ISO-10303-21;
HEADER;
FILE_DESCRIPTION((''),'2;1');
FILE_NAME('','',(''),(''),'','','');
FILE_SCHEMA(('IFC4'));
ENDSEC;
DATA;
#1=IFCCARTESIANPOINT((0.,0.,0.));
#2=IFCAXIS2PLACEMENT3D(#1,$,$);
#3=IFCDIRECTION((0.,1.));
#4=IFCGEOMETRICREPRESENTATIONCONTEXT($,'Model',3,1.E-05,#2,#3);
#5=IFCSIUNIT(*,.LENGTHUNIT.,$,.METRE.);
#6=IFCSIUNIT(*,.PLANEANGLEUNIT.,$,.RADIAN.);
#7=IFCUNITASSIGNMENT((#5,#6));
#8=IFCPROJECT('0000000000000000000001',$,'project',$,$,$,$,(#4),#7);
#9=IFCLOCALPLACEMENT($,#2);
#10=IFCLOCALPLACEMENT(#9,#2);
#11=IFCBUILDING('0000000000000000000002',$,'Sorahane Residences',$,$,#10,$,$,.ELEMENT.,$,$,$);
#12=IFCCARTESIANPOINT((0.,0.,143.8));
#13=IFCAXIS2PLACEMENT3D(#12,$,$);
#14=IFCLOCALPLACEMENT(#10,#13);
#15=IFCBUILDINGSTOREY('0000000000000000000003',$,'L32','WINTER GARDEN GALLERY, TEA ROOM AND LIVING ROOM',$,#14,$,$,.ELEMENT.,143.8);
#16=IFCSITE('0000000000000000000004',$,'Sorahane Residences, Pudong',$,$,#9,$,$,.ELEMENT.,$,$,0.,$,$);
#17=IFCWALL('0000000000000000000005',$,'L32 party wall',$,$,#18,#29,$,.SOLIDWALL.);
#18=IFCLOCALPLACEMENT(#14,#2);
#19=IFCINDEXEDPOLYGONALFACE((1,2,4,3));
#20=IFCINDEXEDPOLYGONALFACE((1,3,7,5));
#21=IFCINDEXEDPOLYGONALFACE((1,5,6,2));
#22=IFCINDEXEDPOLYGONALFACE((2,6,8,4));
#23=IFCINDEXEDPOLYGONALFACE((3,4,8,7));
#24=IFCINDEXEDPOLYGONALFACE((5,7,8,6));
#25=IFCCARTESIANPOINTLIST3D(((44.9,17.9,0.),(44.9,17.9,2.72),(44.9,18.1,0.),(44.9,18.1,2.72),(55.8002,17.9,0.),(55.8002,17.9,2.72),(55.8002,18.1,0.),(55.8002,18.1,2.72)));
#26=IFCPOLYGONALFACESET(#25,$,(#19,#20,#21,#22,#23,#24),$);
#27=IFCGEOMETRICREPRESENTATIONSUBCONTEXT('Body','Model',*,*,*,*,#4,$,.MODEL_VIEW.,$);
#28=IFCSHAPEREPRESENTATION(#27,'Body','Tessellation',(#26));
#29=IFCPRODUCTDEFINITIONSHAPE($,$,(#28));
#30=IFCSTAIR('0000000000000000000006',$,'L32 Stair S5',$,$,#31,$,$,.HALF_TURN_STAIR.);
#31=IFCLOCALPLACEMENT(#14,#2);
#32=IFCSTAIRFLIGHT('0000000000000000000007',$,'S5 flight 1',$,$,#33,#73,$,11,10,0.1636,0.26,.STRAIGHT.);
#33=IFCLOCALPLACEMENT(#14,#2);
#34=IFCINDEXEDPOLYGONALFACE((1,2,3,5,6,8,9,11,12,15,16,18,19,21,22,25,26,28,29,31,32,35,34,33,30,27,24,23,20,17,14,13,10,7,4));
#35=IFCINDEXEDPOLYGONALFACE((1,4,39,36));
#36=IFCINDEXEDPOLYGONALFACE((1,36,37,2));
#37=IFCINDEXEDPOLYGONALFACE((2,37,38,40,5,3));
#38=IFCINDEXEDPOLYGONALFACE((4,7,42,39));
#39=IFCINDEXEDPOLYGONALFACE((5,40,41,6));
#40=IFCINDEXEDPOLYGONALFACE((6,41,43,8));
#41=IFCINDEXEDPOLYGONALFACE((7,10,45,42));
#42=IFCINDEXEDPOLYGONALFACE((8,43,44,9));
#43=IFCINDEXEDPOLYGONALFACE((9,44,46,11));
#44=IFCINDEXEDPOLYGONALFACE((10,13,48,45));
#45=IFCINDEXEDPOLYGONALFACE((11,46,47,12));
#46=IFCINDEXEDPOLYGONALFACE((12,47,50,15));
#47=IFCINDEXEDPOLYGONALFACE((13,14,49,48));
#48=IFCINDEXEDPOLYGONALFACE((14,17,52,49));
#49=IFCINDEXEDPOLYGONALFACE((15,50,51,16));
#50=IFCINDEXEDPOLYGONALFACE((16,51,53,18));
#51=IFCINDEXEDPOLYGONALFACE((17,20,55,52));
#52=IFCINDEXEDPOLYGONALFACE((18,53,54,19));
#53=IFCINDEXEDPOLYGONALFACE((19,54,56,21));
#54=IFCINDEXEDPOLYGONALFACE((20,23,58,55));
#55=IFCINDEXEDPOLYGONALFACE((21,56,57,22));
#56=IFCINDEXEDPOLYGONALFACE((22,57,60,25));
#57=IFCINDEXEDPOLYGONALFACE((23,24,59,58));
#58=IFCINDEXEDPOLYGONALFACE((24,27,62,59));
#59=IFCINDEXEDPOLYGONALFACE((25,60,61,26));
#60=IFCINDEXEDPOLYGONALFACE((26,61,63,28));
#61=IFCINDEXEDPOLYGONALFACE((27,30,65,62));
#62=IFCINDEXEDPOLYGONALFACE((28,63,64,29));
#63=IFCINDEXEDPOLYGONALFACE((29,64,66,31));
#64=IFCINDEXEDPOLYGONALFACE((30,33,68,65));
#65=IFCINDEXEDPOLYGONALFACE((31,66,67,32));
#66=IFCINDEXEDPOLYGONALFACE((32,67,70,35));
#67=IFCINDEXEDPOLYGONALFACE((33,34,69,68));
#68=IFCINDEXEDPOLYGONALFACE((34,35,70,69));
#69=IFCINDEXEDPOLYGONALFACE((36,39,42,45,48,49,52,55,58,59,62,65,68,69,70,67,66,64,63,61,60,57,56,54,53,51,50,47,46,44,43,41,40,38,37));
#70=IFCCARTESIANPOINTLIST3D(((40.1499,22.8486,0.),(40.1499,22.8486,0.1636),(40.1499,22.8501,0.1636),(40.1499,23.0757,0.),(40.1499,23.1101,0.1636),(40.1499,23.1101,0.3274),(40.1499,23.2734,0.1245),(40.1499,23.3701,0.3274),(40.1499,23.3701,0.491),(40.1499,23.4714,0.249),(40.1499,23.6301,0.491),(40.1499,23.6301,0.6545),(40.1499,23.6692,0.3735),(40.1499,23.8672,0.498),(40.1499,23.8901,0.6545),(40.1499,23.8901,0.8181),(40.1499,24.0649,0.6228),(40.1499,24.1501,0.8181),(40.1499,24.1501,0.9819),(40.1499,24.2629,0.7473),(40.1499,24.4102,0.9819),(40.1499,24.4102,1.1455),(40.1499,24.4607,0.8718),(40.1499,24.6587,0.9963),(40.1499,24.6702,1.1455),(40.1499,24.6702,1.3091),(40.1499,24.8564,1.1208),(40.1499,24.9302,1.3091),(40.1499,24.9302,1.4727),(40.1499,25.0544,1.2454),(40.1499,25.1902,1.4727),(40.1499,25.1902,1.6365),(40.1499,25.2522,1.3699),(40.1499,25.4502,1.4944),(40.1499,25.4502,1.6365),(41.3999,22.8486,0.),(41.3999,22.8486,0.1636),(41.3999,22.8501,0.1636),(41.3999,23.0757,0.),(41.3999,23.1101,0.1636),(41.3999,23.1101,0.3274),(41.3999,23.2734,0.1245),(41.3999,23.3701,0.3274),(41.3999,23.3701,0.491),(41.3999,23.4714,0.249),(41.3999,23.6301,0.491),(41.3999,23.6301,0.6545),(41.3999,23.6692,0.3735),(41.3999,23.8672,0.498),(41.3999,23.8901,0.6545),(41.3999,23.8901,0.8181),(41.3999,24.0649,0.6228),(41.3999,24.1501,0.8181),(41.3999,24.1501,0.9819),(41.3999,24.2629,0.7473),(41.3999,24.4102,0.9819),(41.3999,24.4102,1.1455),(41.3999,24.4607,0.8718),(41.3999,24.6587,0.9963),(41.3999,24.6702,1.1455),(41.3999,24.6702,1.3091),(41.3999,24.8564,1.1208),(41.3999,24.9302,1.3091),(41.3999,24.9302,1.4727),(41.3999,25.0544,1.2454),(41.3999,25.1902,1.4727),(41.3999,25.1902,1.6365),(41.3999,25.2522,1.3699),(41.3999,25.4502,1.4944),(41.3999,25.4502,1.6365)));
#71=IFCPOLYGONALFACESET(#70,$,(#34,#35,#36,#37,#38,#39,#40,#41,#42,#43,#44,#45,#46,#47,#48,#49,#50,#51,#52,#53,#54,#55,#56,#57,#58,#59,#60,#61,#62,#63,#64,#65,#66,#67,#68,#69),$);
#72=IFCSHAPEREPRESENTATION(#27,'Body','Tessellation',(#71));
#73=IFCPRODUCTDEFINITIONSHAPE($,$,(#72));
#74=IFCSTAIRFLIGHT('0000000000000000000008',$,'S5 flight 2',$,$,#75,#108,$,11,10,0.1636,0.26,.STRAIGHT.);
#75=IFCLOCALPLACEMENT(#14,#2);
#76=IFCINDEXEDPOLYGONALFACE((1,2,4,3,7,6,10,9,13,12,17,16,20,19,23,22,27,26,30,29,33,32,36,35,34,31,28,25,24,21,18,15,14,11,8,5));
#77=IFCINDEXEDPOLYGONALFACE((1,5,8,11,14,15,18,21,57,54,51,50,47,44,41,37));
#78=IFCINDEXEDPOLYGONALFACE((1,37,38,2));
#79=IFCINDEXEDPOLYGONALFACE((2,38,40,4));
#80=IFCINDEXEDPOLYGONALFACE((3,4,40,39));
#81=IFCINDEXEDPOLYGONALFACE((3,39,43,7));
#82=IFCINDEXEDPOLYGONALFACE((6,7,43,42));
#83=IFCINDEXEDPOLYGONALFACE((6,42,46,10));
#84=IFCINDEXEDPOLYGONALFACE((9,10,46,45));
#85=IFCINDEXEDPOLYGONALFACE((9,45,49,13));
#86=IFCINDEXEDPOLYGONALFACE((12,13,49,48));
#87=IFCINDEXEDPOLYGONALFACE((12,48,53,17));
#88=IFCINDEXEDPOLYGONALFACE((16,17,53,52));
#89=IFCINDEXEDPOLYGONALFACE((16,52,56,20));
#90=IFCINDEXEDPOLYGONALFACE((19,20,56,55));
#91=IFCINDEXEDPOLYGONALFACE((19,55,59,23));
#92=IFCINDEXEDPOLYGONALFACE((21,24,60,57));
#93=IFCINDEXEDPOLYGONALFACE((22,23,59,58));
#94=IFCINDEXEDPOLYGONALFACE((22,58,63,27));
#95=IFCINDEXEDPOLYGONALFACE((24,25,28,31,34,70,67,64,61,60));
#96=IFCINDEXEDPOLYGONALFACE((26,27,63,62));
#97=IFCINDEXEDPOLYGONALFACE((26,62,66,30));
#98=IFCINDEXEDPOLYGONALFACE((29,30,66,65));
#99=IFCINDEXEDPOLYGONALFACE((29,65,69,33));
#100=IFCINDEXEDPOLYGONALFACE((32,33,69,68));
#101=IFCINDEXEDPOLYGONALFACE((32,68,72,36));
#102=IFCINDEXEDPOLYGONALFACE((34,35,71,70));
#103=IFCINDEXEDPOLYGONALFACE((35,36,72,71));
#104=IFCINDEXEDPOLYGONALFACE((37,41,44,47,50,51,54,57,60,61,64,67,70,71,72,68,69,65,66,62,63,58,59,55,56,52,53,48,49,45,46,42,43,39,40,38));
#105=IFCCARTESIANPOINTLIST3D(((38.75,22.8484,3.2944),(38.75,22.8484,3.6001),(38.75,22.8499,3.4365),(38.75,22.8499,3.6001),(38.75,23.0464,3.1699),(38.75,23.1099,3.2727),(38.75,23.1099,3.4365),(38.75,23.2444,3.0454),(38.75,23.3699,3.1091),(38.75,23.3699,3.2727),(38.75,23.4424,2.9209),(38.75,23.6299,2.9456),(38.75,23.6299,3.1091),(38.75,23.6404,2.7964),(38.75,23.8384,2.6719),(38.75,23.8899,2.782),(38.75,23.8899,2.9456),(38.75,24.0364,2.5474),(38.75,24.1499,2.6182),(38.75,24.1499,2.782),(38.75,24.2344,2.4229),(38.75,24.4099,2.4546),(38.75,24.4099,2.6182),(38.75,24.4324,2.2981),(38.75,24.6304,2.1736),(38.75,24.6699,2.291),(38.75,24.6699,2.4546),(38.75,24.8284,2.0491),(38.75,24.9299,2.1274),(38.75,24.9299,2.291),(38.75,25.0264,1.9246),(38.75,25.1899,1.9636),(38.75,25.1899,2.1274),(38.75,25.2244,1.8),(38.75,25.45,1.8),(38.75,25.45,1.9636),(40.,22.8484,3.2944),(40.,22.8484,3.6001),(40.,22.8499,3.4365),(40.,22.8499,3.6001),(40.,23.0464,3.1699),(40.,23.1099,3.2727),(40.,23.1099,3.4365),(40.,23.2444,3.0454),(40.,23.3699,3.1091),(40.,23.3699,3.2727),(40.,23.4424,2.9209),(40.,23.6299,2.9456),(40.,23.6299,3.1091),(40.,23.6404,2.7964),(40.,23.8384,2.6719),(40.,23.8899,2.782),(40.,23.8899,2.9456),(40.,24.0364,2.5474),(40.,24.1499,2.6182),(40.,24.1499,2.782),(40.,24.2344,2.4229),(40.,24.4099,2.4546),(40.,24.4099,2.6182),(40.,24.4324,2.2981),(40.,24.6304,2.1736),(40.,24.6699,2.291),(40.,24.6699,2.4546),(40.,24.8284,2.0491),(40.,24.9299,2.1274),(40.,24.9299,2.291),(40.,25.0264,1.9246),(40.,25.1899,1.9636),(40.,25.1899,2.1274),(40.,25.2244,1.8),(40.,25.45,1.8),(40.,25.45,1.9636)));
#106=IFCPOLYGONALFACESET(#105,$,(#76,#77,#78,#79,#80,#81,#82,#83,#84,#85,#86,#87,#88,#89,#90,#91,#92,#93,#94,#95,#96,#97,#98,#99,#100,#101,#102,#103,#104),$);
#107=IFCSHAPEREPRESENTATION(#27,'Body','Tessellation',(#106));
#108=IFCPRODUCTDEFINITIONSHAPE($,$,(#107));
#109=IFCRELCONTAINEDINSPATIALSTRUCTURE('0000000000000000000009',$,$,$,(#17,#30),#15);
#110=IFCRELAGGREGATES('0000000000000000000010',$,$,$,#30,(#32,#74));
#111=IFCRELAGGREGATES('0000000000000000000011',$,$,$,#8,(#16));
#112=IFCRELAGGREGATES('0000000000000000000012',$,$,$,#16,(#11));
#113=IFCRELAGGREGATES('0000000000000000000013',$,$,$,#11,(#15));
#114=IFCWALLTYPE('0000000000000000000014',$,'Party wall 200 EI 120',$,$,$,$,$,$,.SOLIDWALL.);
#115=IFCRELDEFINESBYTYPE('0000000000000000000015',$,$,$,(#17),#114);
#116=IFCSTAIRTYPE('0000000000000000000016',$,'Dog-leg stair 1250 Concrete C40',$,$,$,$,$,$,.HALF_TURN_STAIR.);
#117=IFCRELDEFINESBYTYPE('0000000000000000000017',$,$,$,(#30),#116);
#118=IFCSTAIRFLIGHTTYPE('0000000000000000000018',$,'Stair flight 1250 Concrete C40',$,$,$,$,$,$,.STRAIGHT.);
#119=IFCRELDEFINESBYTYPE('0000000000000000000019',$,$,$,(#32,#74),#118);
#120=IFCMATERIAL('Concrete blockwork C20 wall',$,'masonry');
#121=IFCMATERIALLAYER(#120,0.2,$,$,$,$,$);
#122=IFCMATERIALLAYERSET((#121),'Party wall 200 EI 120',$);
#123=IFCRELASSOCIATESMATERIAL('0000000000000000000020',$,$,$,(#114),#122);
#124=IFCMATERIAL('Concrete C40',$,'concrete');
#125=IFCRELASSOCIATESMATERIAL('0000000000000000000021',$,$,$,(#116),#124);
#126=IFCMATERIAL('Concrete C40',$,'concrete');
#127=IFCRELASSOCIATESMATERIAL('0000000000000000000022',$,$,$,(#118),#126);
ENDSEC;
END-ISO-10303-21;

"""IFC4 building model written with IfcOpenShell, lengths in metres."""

from ifc_helpers import new_model, si_unit, direction, frame, frame_2d, origin, place, context, subcontext, project, spatial, polyline, rectangle, outline, extrude, material, layer, layer_set, type_object, element, aggregate, save


model = new_model("IFC4")

# Units and contexts
model_context = context("Model", 3, precision=1e-05, world=origin(), true_north=direction((0.0, 1.0)))
body_context = subcontext(model_context, "Body", "Model", "MODEL_VIEW")
ifc_project = project(units=[si_unit("LENGTHUNIT", "METRE"), si_unit("PLANEANGLEUNIT", "RADIAN")], contexts=[model_context])

# Site, building, storey
site_placement = place(None, origin())
site = spatial("IfcSite", under=ifc_project, at=site_placement, Name="Sorahane Residences, Pudong", CompositionType="ELEMENT", RefElevation=0.0)
building_placement = place(site_placement, origin())
building = spatial("IfcBuilding", under=site, at=building_placement, Name="Sorahane Residences", CompositionType="ELEMENT")
storey_placement = place(building_placement, frame((0.0, 0.0, 143.8)))
storey = spatial("IfcBuildingStorey", under=building, at=storey_placement, Name="L32", Description="WINTER GARDEN GALLERY, TEA ROOM AND LIVING ROOM", CompositionType="ELEMENT", Elevation=143.8)

# Wall
ifc_material_1 = material(Name="Concrete blockwork C20 wall", Category="masonry")
ifc_layer_1 = layer(ifc_material_1, 0.2)
ifc_layer_set_1 = layer_set([ifc_layer_1], Name="Party wall 200 EI 120")
wall_type_1 = type_object("IfcWallType", Name="Party wall 200 EI 120", PredefinedType="SOLIDWALL", material=ifc_layer_set_1)
wall_1_placement = place(storey_placement, frame((44.8999, 18.0, 0.0), z_axis=(0.0, 0.0, 1.0), x_axis=(1.0, 0.0, 0.0)))
element("IfcWall", 1, at=wall_1_placement, inside=storey, type_object=wall_type_1, Name="L32 party wall", PredefinedType="SOLIDWALL", context=body_context, shape_type="SweptSolid", body=[
    extrude(rectangle(XDim=10.9001, YDim=0.2, at=frame_2d((5.4502, 0.0))), origin(), (0.0, 0.0, 1.0), 2.72),
])

# Stair, stair flights
ifc_material_2 = material(Name="Concrete C40", Category="concrete")
stair_type = type_object("IfcStairType", Name="Dog-leg stair 1250 Concrete C40", PredefinedType="HALF_TURN_STAIR", material=ifc_material_2)
stair_placement = place(storey_placement, origin())
stair = element("IfcStair", 2, at=stair_placement, inside=storey, type_object=stair_type, Name="L32 Stair S5", PredefinedType="HALF_TURN_STAIR")
ifc_material_3 = material(Name="Concrete C40", Category="concrete")
stair_flight_type = type_object("IfcStairFlightType", Name="Stair flight 1250 Concrete C40", PredefinedType="STRAIGHT", material=ifc_material_3)
stair_flight_1_placement = place(storey_placement, frame((40.7749, 22.8501, 0.0), z_axis=(0.0, 0.0, 1.0), x_axis=(0.0, 1.0, 0.0)))
stair_flight_1 = element("IfcStairFlight", 3, at=stair_flight_1_placement, type_object=stair_flight_type, Name="S5 flight 1", NumberOfRisers=11, NumberOfTreads=10, PredefinedType="STRAIGHT", RiserHeight=0.1636, TreadLength=0.26, context=body_context, shape_type="SweptSolid", body=[
    extrude(outline(polyline([(-0.0015, 0.0), (-0.0015, 0.1636), (0.0, 0.1636), (0.26, 0.1636), (0.26, 0.3274), (0.52, 0.3274), (0.52, 0.491), (0.78, 0.491), (0.78, 0.6545), (1.04, 0.6545), (1.04, 0.8181), (1.3, 0.8181), (1.3, 0.9819), (1.5601, 0.9819), (1.5601, 1.1455), (1.8201, 1.1455), (1.8201, 1.3091), (2.0801, 1.3091), (2.0801, 1.4727), (2.3401, 1.4727), (2.3401, 1.6365), (2.6001, 1.6365), (2.6001, 1.8), (2.6001, 1.4944), (2.4021, 1.3699), (2.2043, 1.2454), (2.0063, 1.1208), (1.8086, 0.9963), (1.6106, 0.8718), (1.4128, 0.7473), (1.2148, 0.6228), (1.0171, 0.498), (0.8191, 0.3735), (0.6213, 0.249), (0.4233, 0.1245), (0.2256, 0.0), (-0.0015, 0.0)])), frame((0.0, 0.625, 0.0), z_axis=(0.0, -1.0, 0.0), x_axis=(1.0, 0.0, 0.0)), (0.0, 0.0, 1.0), 1.25),
])
stair_flight_2_placement = place(storey_placement, frame((39.375, 25.45, 1.8), z_axis=(0.0, 0.0, 1.0), x_axis=(0.0, -1.0, 0.0)))
stair_flight_2 = element("IfcStairFlight", 4, at=stair_flight_2_placement, type_object=stair_flight_type, Name="S5 flight 2", NumberOfRisers=11, NumberOfTreads=10, PredefinedType="STRAIGHT", RiserHeight=0.1636, TreadLength=0.26, context=body_context, shape_type="SweptSolid", body=[
    extrude(outline(polyline([(0.0, 0.0), (0.0, 0.1636), (0.26, 0.1636), (0.26, 0.3274), (0.52, 0.3274), (0.52, 0.491), (0.78, 0.491), (0.78, 0.6545), (1.04, 0.6545), (1.04, 0.8181), (1.3, 0.8181), (1.3, 0.9819), (1.5601, 0.9819), (1.5601, 1.1455), (1.8201, 1.1455), (1.8201, 1.3091), (2.0801, 1.3091), (2.0801, 1.4727), (2.3401, 1.4727), (2.3401, 1.6365), (2.6001, 1.6365), (2.6001, 1.8), (2.6016, 1.8), (2.6016, 1.4944), (2.4036, 1.3699), (2.2056, 1.2454), (2.0076, 1.1208), (1.8096, 0.9963), (1.6116, 0.8718), (1.4136, 0.7473), (1.2156, 0.6228), (1.0176, 0.498), (0.8196, 0.3735), (0.6216, 0.249), (0.4236, 0.1245), (0.2256, 0.0), (0.0, 0.0)])), frame((0.0, 0.625, 0.0), z_axis=(0.0, -1.0, 0.0), x_axis=(1.0, 0.0, 0.0)), (0.0, 0.0, 1.0), 1.25),
])
aggregate(stair, [stair_flight_1, stair_flight_2])

save(model, "model.ifc")
